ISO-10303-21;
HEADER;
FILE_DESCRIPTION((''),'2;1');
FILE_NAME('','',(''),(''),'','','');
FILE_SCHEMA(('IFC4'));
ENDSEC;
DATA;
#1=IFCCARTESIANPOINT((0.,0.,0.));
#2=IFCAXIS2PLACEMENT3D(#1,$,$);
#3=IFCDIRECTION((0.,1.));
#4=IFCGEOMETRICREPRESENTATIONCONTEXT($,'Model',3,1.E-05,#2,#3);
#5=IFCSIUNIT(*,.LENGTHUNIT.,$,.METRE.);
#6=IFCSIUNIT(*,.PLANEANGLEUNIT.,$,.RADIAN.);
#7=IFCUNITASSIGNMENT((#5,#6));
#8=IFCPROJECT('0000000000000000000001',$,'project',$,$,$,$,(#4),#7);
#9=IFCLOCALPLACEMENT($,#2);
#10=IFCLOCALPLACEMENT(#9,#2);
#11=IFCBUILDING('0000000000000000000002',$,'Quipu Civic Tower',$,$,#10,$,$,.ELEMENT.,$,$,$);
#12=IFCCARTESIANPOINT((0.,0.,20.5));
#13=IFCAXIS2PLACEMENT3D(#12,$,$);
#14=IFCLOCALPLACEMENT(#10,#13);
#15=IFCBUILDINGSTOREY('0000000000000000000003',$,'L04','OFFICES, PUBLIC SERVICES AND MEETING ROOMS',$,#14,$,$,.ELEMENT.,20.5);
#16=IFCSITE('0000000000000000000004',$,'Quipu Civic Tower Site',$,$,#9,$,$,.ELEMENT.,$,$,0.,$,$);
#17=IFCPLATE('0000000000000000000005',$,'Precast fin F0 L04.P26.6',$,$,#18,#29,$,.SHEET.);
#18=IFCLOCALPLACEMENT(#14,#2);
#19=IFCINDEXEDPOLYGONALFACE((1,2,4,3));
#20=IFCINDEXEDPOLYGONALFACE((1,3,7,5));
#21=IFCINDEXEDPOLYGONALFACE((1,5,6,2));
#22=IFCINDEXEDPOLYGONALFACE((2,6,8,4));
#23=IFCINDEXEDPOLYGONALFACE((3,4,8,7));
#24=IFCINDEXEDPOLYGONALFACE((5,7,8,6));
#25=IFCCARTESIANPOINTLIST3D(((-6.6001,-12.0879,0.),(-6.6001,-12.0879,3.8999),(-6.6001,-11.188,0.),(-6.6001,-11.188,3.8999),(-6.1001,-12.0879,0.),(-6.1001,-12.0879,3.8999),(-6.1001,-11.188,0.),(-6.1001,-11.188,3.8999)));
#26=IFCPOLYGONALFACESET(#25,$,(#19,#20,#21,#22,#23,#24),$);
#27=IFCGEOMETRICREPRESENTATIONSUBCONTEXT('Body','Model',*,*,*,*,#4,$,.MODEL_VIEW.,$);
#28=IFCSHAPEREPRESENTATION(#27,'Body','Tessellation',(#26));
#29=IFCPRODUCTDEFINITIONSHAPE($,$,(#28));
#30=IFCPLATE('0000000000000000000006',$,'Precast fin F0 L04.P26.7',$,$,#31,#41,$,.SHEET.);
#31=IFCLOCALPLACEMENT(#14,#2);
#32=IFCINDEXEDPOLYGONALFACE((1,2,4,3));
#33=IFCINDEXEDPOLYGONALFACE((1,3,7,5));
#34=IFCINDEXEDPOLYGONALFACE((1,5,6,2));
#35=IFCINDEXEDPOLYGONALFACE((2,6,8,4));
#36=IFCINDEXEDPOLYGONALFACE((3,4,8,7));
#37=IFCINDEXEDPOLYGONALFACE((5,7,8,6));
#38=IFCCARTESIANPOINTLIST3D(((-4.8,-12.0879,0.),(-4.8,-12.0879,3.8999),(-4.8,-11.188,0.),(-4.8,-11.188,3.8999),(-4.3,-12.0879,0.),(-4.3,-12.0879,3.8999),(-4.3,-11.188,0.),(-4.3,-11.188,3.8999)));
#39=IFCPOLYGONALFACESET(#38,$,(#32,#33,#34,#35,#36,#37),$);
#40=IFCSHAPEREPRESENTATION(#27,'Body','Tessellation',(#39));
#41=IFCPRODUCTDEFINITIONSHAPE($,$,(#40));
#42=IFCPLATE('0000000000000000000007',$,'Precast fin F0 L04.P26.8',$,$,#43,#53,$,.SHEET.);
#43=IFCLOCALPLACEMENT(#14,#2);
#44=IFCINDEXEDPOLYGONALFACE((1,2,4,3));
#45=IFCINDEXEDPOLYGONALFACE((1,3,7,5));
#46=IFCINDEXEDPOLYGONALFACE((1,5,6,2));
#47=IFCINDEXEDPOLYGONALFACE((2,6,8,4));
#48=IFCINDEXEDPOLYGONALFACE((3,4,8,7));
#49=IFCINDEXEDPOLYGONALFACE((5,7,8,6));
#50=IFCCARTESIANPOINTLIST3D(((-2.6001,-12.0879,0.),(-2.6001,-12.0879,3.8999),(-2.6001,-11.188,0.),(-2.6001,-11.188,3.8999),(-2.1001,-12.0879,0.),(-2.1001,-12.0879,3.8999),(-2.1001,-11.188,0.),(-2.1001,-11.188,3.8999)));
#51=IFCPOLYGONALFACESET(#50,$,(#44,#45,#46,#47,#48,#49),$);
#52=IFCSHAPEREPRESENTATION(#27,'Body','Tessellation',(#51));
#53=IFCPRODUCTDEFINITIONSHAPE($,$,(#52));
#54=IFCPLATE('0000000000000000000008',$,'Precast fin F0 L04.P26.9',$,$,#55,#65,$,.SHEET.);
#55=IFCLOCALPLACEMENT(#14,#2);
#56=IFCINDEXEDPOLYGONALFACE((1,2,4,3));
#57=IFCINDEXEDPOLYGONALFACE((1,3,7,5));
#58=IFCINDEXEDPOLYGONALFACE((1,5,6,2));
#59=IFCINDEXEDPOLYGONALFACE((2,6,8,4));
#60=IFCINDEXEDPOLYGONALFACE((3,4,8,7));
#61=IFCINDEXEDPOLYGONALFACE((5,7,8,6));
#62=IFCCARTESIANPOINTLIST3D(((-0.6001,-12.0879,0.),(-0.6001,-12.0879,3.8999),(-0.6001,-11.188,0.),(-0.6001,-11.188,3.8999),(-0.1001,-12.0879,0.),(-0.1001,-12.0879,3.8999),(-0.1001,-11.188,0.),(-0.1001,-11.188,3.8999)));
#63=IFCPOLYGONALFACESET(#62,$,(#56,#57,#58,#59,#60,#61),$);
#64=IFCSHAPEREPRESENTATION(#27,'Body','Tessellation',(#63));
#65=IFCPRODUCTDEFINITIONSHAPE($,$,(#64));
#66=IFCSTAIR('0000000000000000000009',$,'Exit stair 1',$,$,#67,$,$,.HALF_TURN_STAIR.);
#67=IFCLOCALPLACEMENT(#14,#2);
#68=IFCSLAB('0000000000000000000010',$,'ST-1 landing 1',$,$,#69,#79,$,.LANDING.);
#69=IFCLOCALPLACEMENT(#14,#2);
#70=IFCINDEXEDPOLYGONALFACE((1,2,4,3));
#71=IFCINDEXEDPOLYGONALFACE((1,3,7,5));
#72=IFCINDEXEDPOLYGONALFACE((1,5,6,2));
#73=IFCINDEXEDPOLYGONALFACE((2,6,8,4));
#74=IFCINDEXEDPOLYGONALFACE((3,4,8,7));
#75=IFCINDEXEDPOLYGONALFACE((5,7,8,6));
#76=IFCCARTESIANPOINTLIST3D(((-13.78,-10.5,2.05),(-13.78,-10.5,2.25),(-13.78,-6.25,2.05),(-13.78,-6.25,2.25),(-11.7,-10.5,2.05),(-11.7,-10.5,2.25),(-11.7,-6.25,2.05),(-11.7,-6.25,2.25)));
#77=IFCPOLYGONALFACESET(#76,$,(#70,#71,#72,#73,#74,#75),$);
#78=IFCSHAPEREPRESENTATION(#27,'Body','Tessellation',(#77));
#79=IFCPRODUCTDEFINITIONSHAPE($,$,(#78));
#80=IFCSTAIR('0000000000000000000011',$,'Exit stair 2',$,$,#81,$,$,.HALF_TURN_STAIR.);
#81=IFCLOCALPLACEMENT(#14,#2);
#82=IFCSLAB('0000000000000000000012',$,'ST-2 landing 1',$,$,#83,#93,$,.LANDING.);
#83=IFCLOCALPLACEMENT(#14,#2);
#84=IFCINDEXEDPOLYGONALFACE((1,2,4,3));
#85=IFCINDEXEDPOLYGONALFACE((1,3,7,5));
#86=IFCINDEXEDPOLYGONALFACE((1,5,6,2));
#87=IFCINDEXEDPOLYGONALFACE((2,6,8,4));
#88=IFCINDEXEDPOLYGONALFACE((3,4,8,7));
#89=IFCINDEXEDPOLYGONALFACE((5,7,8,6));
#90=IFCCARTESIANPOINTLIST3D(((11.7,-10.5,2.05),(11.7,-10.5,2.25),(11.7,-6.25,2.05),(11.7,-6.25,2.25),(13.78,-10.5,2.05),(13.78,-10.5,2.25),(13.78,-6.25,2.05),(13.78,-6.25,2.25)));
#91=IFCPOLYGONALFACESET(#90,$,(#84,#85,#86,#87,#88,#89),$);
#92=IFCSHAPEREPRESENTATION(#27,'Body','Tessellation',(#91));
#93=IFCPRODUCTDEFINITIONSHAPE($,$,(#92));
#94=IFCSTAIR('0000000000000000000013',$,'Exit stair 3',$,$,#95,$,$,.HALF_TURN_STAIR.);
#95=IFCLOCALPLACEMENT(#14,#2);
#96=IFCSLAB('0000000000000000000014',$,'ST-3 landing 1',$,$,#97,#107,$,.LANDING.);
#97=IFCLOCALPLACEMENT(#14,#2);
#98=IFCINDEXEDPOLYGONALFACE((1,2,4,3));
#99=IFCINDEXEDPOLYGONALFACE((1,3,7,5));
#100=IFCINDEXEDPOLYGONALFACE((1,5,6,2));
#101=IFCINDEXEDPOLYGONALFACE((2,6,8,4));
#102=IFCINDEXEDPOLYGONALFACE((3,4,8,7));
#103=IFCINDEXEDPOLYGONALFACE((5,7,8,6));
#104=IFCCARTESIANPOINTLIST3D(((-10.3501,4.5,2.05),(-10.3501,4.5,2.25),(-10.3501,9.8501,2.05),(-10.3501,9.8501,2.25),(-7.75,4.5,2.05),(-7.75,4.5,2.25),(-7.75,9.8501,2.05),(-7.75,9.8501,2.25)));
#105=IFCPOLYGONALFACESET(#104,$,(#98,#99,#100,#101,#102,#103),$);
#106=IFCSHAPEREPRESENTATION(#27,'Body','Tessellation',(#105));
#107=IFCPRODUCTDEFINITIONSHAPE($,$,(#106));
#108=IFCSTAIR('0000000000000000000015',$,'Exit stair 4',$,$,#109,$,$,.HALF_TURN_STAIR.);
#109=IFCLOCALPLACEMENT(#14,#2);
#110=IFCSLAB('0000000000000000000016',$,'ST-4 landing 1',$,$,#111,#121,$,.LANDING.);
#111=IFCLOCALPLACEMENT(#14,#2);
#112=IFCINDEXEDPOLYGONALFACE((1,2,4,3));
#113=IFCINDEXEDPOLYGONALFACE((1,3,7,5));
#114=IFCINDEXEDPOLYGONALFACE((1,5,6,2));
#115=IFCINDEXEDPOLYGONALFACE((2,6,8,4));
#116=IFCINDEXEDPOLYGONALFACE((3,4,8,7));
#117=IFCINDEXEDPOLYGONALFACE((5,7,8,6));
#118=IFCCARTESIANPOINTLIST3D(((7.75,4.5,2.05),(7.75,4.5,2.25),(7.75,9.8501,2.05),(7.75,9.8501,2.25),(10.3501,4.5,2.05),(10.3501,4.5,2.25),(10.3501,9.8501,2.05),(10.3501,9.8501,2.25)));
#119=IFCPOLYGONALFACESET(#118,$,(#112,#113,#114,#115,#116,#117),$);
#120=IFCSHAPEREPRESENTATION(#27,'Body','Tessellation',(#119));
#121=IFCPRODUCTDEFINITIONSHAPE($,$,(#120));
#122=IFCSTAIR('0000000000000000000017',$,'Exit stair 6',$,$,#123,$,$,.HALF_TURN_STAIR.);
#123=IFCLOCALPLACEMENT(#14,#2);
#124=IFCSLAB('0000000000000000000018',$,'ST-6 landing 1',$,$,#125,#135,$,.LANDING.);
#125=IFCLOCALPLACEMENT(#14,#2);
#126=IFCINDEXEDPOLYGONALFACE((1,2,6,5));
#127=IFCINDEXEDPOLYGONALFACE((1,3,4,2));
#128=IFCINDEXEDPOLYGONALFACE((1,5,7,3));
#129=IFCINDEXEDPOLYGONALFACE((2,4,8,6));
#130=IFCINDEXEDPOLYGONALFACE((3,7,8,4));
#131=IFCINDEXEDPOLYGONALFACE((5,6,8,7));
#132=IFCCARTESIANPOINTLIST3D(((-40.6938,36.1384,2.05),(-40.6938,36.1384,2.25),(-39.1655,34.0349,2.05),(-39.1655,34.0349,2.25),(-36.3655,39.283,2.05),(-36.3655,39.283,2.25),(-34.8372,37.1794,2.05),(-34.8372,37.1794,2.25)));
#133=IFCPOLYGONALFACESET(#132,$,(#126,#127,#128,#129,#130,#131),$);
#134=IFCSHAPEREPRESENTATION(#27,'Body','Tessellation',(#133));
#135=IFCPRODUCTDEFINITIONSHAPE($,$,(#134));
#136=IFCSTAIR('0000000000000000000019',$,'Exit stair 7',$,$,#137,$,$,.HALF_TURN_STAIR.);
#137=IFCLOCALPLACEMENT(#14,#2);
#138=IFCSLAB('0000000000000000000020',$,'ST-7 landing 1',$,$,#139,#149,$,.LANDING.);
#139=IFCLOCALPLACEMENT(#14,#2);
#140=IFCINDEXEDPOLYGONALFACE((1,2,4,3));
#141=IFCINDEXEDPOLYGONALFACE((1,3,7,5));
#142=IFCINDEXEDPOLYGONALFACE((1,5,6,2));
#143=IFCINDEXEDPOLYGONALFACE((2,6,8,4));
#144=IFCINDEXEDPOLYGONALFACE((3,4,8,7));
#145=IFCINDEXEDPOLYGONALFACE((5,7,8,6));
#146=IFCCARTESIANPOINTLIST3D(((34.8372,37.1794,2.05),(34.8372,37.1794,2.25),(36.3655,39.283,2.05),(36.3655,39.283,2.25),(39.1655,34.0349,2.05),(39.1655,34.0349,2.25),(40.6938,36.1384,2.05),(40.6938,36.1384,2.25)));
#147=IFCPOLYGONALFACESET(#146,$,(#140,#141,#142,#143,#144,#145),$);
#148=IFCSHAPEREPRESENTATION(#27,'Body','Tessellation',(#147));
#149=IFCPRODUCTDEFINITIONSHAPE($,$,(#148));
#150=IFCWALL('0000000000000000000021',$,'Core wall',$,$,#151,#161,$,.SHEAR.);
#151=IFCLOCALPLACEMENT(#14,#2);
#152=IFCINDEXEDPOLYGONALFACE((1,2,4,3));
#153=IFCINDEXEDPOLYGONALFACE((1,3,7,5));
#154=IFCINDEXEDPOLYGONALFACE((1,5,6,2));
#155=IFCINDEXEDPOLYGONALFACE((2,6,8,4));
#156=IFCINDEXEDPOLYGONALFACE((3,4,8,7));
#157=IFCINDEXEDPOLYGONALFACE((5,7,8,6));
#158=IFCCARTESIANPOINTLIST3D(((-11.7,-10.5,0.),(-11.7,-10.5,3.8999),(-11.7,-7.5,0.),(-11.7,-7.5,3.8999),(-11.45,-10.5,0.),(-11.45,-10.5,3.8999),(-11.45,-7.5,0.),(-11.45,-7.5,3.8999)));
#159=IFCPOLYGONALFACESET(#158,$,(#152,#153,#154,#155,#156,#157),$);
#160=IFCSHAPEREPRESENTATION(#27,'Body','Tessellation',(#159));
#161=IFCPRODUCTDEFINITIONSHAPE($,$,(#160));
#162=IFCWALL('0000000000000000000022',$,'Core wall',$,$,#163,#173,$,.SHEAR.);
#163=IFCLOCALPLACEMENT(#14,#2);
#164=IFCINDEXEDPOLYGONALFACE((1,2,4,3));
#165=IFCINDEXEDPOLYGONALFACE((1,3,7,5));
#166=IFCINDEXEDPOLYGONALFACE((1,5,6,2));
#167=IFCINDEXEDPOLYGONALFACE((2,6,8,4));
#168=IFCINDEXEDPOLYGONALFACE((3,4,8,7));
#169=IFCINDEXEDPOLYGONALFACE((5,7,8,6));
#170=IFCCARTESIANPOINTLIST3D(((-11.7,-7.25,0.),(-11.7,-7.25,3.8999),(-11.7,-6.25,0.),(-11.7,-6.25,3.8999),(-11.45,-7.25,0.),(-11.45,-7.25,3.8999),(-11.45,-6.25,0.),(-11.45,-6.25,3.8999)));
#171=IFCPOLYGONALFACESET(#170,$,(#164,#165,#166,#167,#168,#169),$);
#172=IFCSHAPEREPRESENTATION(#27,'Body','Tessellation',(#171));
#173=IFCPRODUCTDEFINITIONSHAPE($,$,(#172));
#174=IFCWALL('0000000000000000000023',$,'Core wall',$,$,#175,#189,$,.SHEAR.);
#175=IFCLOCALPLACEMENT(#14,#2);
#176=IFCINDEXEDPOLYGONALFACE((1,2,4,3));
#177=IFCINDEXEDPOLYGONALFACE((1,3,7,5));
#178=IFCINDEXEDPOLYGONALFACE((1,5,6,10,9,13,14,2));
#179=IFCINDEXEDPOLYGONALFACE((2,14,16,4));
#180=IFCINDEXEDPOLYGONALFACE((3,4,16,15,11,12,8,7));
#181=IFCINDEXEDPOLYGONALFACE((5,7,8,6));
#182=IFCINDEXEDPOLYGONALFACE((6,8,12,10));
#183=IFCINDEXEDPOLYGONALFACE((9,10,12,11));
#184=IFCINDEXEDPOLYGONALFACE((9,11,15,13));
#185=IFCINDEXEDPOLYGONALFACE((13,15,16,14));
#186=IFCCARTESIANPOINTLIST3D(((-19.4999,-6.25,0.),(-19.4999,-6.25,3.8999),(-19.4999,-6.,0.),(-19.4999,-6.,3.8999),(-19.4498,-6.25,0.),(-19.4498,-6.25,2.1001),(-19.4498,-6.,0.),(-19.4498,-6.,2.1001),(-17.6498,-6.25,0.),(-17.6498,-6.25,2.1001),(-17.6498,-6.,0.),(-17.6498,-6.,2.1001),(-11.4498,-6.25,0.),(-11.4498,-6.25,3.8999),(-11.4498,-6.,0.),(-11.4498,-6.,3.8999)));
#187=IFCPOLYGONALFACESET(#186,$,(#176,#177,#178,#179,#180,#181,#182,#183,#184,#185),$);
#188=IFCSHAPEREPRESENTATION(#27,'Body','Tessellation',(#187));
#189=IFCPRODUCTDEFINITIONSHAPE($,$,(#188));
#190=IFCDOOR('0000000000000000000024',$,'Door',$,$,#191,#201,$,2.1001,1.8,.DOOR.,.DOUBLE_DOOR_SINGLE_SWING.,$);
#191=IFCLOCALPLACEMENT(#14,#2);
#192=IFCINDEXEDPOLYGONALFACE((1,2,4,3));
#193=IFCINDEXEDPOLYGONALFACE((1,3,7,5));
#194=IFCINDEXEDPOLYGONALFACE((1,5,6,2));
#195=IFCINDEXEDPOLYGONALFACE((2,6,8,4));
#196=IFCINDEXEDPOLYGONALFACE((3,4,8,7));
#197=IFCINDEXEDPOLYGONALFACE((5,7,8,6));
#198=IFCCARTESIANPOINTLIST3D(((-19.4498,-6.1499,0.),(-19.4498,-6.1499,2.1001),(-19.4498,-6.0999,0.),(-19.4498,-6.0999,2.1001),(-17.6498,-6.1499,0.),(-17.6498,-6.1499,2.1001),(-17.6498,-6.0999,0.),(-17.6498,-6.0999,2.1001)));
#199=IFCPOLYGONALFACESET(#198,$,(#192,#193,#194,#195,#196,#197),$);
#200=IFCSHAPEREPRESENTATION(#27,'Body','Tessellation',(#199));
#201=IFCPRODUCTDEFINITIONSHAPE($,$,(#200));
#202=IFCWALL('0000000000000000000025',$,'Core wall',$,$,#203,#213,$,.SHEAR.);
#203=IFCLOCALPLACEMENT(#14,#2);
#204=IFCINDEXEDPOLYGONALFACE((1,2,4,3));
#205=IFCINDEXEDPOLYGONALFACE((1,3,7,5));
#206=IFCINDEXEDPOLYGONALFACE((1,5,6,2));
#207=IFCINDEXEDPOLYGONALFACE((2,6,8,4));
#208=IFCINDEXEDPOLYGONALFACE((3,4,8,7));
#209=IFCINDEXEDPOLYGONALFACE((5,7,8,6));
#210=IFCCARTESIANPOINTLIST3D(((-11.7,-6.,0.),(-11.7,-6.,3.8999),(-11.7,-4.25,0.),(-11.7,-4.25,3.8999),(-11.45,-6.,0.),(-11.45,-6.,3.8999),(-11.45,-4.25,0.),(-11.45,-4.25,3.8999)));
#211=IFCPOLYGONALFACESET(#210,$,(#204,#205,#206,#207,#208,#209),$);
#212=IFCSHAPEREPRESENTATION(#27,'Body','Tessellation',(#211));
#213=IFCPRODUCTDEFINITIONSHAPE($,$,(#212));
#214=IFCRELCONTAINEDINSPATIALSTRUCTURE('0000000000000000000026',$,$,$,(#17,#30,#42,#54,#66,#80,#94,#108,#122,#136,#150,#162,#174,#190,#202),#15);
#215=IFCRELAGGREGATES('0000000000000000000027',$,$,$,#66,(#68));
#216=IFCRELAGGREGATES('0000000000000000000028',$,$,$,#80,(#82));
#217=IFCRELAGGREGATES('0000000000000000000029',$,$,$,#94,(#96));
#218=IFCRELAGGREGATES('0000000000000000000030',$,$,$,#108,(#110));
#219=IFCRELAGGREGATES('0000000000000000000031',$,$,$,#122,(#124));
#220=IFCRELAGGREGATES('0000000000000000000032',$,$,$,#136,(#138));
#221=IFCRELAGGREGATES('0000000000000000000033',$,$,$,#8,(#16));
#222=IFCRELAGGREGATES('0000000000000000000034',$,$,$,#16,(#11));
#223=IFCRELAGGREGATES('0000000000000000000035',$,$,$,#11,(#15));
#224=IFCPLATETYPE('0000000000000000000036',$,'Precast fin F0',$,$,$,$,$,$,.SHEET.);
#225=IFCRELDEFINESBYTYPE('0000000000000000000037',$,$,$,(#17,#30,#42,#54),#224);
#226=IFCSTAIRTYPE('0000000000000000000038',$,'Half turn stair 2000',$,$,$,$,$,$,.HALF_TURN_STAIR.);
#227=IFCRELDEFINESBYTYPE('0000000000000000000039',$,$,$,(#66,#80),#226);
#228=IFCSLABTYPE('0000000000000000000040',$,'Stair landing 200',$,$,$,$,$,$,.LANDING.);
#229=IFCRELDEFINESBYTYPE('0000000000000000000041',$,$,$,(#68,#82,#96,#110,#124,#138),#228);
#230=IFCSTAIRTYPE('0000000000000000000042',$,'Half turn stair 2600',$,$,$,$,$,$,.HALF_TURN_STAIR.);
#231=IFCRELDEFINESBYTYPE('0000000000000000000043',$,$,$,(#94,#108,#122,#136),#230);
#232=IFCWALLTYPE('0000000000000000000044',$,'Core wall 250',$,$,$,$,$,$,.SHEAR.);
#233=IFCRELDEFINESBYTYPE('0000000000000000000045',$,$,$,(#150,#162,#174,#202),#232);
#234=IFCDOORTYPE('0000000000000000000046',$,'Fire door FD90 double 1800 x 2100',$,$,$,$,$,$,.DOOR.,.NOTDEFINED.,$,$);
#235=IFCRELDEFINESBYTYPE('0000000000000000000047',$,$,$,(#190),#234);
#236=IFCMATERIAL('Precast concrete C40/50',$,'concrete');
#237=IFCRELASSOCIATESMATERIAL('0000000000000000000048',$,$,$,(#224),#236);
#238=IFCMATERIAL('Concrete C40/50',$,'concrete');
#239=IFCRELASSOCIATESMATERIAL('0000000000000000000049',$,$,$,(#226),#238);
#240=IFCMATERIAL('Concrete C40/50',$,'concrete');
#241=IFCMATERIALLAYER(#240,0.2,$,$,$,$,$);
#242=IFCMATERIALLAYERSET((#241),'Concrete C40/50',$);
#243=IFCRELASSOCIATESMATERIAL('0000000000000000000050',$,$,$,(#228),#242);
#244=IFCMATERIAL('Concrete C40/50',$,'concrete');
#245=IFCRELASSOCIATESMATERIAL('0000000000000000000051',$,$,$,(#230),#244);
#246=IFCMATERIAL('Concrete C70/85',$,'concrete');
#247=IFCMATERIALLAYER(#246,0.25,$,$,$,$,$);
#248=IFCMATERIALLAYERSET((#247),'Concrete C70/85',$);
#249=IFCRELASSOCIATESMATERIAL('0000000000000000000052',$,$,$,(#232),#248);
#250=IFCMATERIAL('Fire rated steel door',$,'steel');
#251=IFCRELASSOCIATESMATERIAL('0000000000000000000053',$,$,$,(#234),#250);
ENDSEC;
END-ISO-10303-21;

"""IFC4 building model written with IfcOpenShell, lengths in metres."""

from ifc_helpers import new_model, si_unit, direction, frame, frame_2d, origin, origin_2d, place, context, subcontext, project, spatial, polyline, rectangle, outline, extrude, material, layer, layer_set, type_object, element, fill, aggregate, save


model = new_model("IFC4")

# Units and contexts
model_context = context("Model", 3, precision=1e-05, world=origin(), true_north=direction((0.0, 1.0)))
body_context = subcontext(model_context, "Body", "Model", "MODEL_VIEW")
ifc_project = project(units=[si_unit("LENGTHUNIT", "METRE"), si_unit("PLANEANGLEUNIT", "RADIAN")], contexts=[model_context])

# Site, building, storey
site_placement = place(None, origin())
site = spatial("IfcSite", under=ifc_project, at=site_placement, Name="Quipu Civic Tower Site", CompositionType="ELEMENT", RefElevation=0.0)
building_placement = place(site_placement, origin())
building = spatial("IfcBuilding", under=site, at=building_placement, Name="Quipu Civic Tower", CompositionType="ELEMENT")
storey_placement = place(building_placement, frame((0.0, 0.0, 20.5)))
storey = spatial("IfcBuildingStorey", under=building, at=storey_placement, Name="L04", Description="OFFICES, PUBLIC SERVICES AND MEETING ROOMS", CompositionType="ELEMENT", Elevation=20.5)

# Plates
ifc_material_1 = material(Name="Precast concrete C40/50", Category="concrete")
plate_type = type_object("IfcPlateType", Name="Precast fin F0", PredefinedType="SHEET", material=ifc_material_1)
for number, where, z_axis, x_axis, name in (
    (1, (-6.3501, -11.6379, 0.0), (0.0, 0.0, 1.0), (1.0, 0.0, 0.0), "Precast fin F0 L04.P26.6"),
    (2, (-4.55, -11.6379, 0.0), (0.0, 0.0, 1.0), (1.0, 0.0, 0.0), "Precast fin F0 L04.P26.7"),
    (3, (-2.3501, -11.6379, 0.0), (0.0, 0.0, 1.0), (1.0, 0.0, 0.0), "Precast fin F0 L04.P26.8"),
    (4, (-0.3501, -11.6379, 0.0), (0.0, 0.0, 1.0), (1.0, 0.0, 0.0), "Precast fin F0 L04.P26.9"),
):
    element("IfcPlate", number, at=place(storey_placement, frame(where, z_axis=z_axis, x_axis=x_axis)), inside=storey, type_object=plate_type, Name=name, PredefinedType="SHEET", context=body_context, shape_type="SweptSolid", body=[
        extrude(rectangle(XDim=0.5, YDim=0.8999, at=origin_2d()), origin(), (0.0, 0.0, 1.0), 3.8999),
    ])

# Stairs, slabs
ifc_material_2 = material(Name="Concrete C40/50", Category="concrete")
stair_type_1 = type_object("IfcStairType", Name="Half turn stair 2000", PredefinedType="HALF_TURN_STAIR", material=ifc_material_2)
stair_1_placement = place(storey_placement, origin())
stair_1 = element("IfcStair", 5, at=stair_1_placement, inside=storey, type_object=stair_type_1, Name="Exit stair 1", PredefinedType="HALF_TURN_STAIR")
ifc_material_3 = material(Name="Concrete C40/50", Category="concrete")
ifc_layer_1 = layer(ifc_material_3, 0.2)
ifc_layer_set_1 = layer_set([ifc_layer_1], Name="Concrete C40/50")
slab_type_1 = type_object("IfcSlabType", Name="Stair landing 200", PredefinedType="LANDING", material=ifc_layer_set_1)
slab_1_placement = place(storey_placement, frame((0.0, 0.0, 2.05)))
slab_1 = element("IfcSlab", 6, at=slab_1_placement, type_object=slab_type_1, Name="ST-1 landing 1", PredefinedType="LANDING", context=body_context, shape_type="SweptSolid", body=[
    extrude(outline(polyline([(-13.78, -10.5), (-11.7, -10.5), (-11.7, -6.25), (-13.78, -6.25), (-13.78, -10.5)])), origin(), (0.0, 0.0, 1.0), 0.2),
])
aggregate(stair_1, [slab_1])
stair_2_placement = place(storey_placement, origin())
stair_2 = element("IfcStair", 7, at=stair_2_placement, inside=storey, type_object=stair_type_1, Name="Exit stair 2", PredefinedType="HALF_TURN_STAIR")
slab_2_placement = place(storey_placement, frame((0.0, 0.0, 2.05)))
slab_2 = element("IfcSlab", 8, at=slab_2_placement, type_object=slab_type_1, Name="ST-2 landing 1", PredefinedType="LANDING", context=body_context, shape_type="SweptSolid", body=[
    extrude(outline(polyline([(13.78, -6.25), (11.7, -6.25), (11.7, -10.5), (13.78, -10.5), (13.78, -6.25)])), origin(), (0.0, 0.0, 1.0), 0.2),
])
aggregate(stair_2, [slab_2])
ifc_material_4 = material(Name="Concrete C40/50", Category="concrete")
stair_type_2 = type_object("IfcStairType", Name="Half turn stair 2600", PredefinedType="HALF_TURN_STAIR", material=ifc_material_4)
stair_3_placement = place(storey_placement, origin())
stair_3 = element("IfcStair", 9, at=stair_3_placement, inside=storey, type_object=stair_type_2, Name="Exit stair 3", PredefinedType="HALF_TURN_STAIR")
slab_3_placement = place(storey_placement, frame((0.0, 0.0, 2.05)))
slab_3 = element("IfcSlab", 10, at=slab_3_placement, type_object=slab_type_1, Name="ST-3 landing 1", PredefinedType="LANDING", context=body_context, shape_type="SweptSolid", body=[
    extrude(outline(polyline([(-10.3501, 4.5), (-7.75, 4.5), (-7.75, 9.8501), (-10.3501, 9.8501), (-10.3501, 4.5)])), origin(), (0.0, 0.0, 1.0), 0.2),
])
aggregate(stair_3, [slab_3])
stair_4_placement = place(storey_placement, origin())
stair_4 = element("IfcStair", 11, at=stair_4_placement, inside=storey, type_object=stair_type_2, Name="Exit stair 4", PredefinedType="HALF_TURN_STAIR")
slab_4_placement = place(storey_placement, frame((0.0, 0.0, 2.05)))
slab_4 = element("IfcSlab", 12, at=slab_4_placement, type_object=slab_type_1, Name="ST-4 landing 1", PredefinedType="LANDING", context=body_context, shape_type="SweptSolid", body=[
    extrude(outline(polyline([(10.3501, 9.8501), (7.75, 9.8501), (7.75, 4.5), (10.3501, 4.5), (10.3501, 9.8501)])), origin(), (0.0, 0.0, 1.0), 0.2),
])
aggregate(stair_4, [slab_4])
stair_5_placement = place(storey_placement, origin())
stair_5 = element("IfcStair", 13, at=stair_5_placement, inside=storey, type_object=stair_type_2, Name="Exit stair 6", PredefinedType="HALF_TURN_STAIR")
slab_5_placement = place(storey_placement, frame((0.0, 0.0, 2.05)))
slab_5 = element("IfcSlab", 14, at=slab_5_placement, type_object=slab_type_1, Name="ST-6 landing 1", PredefinedType="LANDING", context=body_context, shape_type="SweptSolid", body=[
    extrude(outline(polyline([(-34.8372, 37.1794), (-36.3655, 39.283), (-40.6938, 36.1384), (-39.1655, 34.0349), (-34.8372, 37.1794)])), origin(), (0.0, 0.0, 1.0), 0.2),
])
aggregate(stair_5, [slab_5])
stair_6_placement = place(storey_placement, origin())
stair_6 = element("IfcStair", 15, at=stair_6_placement, inside=storey, type_object=stair_type_2, Name="Exit stair 7", PredefinedType="HALF_TURN_STAIR")
slab_6_placement = place(storey_placement, frame((0.0, 0.0, 2.05)))
slab_6 = element("IfcSlab", 16, at=slab_6_placement, type_object=slab_type_1, Name="ST-7 landing 1", PredefinedType="LANDING", context=body_context, shape_type="SweptSolid", body=[
    extrude(outline(polyline([(39.1655, 34.0349), (40.6938, 36.1384), (36.3655, 39.283), (34.8372, 37.1794), (39.1655, 34.0349)])), origin(), (0.0, 0.0, 1.0), 0.2),
])
aggregate(stair_6, [slab_6])

# Walls
ifc_material_5 = material(Name="Concrete C70/85", Category="concrete")
ifc_layer_2 = layer(ifc_material_5, 0.25)
ifc_layer_set_2 = layer_set([ifc_layer_2], Name="Concrete C70/85")
wall_type_1 = type_object("IfcWallType", Name="Core wall 250", PredefinedType="SHEAR", material=ifc_layer_set_2)
wall_1_placement = place(storey_placement, frame((-11.575, -10.5, 0.0), z_axis=(0.0, 0.0, 1.0), x_axis=(0.0, 1.0, 0.0)))
element("IfcWall", 17, at=wall_1_placement, inside=storey, type_object=wall_type_1, Name="Core wall", PredefinedType="SHEAR", context=body_context, shape_type="SweptSolid", body=[
    extrude(rectangle(XDim=3.0, YDim=0.25, at=frame_2d((1.5, 0.0))), origin(), (0.0, 0.0, 1.0), 3.8999),
])
wall_2_placement = place(storey_placement, frame((-11.575, -7.25, 0.0), z_axis=(0.0, 0.0, 1.0), x_axis=(0.0, 1.0, 0.0)))
element("IfcWall", 18, at=wall_2_placement, inside=storey, type_object=wall_type_1, Name="Core wall", PredefinedType="SHEAR", context=body_context, shape_type="SweptSolid", body=[
    extrude(rectangle(XDim=1.0, YDim=0.25, at=frame_2d((0.5, 0.0))), origin(), (0.0, 0.0, 1.0), 3.8999),
])

# Wall, opening, door
wall_3_placement = place(storey_placement, frame((-11.45, -6.125, 0.0), z_axis=(0.0, 0.0, 1.0), x_axis=(-1.0, 0.0, 0.0)))
wall_3 = element("IfcWall", 19, at=wall_3_placement, inside=storey, type_object=wall_type_1, Name="Core wall", PredefinedType="SHEAR", context=body_context, shape_type="SweptSolid", body=[
    extrude(rectangle(XDim=8.05, YDim=0.25, at=frame_2d((4.0249, 0.0))), origin(), (0.0, 0.0, 1.0), 3.8999),
])
opening_1_placement = place(wall_3_placement, frame((6.2, 0.0, 0.0)))
opening_1 = element("IfcOpeningElement", 20, at=opening_1_placement, cuts=wall_3, PredefinedType="OPENING", context=body_context, shape_type="SweptSolid", body=[
    extrude(rectangle(XDim=1.8, YDim=2.1001, at=frame_2d((0.8999, 1.05))), frame((0.0, 0.135, 0.0), z_axis=(0.0, -1.0, 0.0), x_axis=(1.0, 0.0, 0.0)), (0.0, 0.0, 1.0), 0.27),
])
ifc_material_6 = material(Name="Fire rated steel door", Category="steel")
door_type_1 = type_object("IfcDoorType", Name="Fire door FD90 double 1800 x 2100", OperationType="NOTDEFINED", PredefinedType="DOOR", material=ifc_material_6)
door_1_placement = place(opening_1_placement, origin())
door_1 = element("IfcDoor", 21, at=door_1_placement, inside=storey, type_object=door_type_1, Name="Door", OperationType="DOUBLE_DOOR_SINGLE_SWING", OverallHeight=2.1001, OverallWidth=1.8, PredefinedType="DOOR", context=body_context, shape_type="SweptSolid", body=[
    extrude(rectangle(XDim=1.8, YDim=2.1001, at=frame_2d((0.8999, 1.05))), frame((0.0, 0.0249, 0.0), z_axis=(0.0, -1.0, 0.0), x_axis=(1.0, 0.0, 0.0)), (0.0, 0.0, 1.0), 0.05),
])
fill(opening_1, door_1)

# Wall
wall_4_placement = place(storey_placement, frame((-11.575, -6.0, 0.0), z_axis=(0.0, 0.0, 1.0), x_axis=(0.0, 1.0, 0.0)))
element("IfcWall", 22, at=wall_4_placement, inside=storey, type_object=wall_type_1, Name="Core wall", PredefinedType="SHEAR", context=body_context, shape_type="SweptSolid", body=[
    extrude(rectangle(XDim=1.75, YDim=0.25, at=frame_2d((0.875, 0.0))), origin(), (0.0, 0.0, 1.0), 3.8999),
])

save(model, "model.ifc")
